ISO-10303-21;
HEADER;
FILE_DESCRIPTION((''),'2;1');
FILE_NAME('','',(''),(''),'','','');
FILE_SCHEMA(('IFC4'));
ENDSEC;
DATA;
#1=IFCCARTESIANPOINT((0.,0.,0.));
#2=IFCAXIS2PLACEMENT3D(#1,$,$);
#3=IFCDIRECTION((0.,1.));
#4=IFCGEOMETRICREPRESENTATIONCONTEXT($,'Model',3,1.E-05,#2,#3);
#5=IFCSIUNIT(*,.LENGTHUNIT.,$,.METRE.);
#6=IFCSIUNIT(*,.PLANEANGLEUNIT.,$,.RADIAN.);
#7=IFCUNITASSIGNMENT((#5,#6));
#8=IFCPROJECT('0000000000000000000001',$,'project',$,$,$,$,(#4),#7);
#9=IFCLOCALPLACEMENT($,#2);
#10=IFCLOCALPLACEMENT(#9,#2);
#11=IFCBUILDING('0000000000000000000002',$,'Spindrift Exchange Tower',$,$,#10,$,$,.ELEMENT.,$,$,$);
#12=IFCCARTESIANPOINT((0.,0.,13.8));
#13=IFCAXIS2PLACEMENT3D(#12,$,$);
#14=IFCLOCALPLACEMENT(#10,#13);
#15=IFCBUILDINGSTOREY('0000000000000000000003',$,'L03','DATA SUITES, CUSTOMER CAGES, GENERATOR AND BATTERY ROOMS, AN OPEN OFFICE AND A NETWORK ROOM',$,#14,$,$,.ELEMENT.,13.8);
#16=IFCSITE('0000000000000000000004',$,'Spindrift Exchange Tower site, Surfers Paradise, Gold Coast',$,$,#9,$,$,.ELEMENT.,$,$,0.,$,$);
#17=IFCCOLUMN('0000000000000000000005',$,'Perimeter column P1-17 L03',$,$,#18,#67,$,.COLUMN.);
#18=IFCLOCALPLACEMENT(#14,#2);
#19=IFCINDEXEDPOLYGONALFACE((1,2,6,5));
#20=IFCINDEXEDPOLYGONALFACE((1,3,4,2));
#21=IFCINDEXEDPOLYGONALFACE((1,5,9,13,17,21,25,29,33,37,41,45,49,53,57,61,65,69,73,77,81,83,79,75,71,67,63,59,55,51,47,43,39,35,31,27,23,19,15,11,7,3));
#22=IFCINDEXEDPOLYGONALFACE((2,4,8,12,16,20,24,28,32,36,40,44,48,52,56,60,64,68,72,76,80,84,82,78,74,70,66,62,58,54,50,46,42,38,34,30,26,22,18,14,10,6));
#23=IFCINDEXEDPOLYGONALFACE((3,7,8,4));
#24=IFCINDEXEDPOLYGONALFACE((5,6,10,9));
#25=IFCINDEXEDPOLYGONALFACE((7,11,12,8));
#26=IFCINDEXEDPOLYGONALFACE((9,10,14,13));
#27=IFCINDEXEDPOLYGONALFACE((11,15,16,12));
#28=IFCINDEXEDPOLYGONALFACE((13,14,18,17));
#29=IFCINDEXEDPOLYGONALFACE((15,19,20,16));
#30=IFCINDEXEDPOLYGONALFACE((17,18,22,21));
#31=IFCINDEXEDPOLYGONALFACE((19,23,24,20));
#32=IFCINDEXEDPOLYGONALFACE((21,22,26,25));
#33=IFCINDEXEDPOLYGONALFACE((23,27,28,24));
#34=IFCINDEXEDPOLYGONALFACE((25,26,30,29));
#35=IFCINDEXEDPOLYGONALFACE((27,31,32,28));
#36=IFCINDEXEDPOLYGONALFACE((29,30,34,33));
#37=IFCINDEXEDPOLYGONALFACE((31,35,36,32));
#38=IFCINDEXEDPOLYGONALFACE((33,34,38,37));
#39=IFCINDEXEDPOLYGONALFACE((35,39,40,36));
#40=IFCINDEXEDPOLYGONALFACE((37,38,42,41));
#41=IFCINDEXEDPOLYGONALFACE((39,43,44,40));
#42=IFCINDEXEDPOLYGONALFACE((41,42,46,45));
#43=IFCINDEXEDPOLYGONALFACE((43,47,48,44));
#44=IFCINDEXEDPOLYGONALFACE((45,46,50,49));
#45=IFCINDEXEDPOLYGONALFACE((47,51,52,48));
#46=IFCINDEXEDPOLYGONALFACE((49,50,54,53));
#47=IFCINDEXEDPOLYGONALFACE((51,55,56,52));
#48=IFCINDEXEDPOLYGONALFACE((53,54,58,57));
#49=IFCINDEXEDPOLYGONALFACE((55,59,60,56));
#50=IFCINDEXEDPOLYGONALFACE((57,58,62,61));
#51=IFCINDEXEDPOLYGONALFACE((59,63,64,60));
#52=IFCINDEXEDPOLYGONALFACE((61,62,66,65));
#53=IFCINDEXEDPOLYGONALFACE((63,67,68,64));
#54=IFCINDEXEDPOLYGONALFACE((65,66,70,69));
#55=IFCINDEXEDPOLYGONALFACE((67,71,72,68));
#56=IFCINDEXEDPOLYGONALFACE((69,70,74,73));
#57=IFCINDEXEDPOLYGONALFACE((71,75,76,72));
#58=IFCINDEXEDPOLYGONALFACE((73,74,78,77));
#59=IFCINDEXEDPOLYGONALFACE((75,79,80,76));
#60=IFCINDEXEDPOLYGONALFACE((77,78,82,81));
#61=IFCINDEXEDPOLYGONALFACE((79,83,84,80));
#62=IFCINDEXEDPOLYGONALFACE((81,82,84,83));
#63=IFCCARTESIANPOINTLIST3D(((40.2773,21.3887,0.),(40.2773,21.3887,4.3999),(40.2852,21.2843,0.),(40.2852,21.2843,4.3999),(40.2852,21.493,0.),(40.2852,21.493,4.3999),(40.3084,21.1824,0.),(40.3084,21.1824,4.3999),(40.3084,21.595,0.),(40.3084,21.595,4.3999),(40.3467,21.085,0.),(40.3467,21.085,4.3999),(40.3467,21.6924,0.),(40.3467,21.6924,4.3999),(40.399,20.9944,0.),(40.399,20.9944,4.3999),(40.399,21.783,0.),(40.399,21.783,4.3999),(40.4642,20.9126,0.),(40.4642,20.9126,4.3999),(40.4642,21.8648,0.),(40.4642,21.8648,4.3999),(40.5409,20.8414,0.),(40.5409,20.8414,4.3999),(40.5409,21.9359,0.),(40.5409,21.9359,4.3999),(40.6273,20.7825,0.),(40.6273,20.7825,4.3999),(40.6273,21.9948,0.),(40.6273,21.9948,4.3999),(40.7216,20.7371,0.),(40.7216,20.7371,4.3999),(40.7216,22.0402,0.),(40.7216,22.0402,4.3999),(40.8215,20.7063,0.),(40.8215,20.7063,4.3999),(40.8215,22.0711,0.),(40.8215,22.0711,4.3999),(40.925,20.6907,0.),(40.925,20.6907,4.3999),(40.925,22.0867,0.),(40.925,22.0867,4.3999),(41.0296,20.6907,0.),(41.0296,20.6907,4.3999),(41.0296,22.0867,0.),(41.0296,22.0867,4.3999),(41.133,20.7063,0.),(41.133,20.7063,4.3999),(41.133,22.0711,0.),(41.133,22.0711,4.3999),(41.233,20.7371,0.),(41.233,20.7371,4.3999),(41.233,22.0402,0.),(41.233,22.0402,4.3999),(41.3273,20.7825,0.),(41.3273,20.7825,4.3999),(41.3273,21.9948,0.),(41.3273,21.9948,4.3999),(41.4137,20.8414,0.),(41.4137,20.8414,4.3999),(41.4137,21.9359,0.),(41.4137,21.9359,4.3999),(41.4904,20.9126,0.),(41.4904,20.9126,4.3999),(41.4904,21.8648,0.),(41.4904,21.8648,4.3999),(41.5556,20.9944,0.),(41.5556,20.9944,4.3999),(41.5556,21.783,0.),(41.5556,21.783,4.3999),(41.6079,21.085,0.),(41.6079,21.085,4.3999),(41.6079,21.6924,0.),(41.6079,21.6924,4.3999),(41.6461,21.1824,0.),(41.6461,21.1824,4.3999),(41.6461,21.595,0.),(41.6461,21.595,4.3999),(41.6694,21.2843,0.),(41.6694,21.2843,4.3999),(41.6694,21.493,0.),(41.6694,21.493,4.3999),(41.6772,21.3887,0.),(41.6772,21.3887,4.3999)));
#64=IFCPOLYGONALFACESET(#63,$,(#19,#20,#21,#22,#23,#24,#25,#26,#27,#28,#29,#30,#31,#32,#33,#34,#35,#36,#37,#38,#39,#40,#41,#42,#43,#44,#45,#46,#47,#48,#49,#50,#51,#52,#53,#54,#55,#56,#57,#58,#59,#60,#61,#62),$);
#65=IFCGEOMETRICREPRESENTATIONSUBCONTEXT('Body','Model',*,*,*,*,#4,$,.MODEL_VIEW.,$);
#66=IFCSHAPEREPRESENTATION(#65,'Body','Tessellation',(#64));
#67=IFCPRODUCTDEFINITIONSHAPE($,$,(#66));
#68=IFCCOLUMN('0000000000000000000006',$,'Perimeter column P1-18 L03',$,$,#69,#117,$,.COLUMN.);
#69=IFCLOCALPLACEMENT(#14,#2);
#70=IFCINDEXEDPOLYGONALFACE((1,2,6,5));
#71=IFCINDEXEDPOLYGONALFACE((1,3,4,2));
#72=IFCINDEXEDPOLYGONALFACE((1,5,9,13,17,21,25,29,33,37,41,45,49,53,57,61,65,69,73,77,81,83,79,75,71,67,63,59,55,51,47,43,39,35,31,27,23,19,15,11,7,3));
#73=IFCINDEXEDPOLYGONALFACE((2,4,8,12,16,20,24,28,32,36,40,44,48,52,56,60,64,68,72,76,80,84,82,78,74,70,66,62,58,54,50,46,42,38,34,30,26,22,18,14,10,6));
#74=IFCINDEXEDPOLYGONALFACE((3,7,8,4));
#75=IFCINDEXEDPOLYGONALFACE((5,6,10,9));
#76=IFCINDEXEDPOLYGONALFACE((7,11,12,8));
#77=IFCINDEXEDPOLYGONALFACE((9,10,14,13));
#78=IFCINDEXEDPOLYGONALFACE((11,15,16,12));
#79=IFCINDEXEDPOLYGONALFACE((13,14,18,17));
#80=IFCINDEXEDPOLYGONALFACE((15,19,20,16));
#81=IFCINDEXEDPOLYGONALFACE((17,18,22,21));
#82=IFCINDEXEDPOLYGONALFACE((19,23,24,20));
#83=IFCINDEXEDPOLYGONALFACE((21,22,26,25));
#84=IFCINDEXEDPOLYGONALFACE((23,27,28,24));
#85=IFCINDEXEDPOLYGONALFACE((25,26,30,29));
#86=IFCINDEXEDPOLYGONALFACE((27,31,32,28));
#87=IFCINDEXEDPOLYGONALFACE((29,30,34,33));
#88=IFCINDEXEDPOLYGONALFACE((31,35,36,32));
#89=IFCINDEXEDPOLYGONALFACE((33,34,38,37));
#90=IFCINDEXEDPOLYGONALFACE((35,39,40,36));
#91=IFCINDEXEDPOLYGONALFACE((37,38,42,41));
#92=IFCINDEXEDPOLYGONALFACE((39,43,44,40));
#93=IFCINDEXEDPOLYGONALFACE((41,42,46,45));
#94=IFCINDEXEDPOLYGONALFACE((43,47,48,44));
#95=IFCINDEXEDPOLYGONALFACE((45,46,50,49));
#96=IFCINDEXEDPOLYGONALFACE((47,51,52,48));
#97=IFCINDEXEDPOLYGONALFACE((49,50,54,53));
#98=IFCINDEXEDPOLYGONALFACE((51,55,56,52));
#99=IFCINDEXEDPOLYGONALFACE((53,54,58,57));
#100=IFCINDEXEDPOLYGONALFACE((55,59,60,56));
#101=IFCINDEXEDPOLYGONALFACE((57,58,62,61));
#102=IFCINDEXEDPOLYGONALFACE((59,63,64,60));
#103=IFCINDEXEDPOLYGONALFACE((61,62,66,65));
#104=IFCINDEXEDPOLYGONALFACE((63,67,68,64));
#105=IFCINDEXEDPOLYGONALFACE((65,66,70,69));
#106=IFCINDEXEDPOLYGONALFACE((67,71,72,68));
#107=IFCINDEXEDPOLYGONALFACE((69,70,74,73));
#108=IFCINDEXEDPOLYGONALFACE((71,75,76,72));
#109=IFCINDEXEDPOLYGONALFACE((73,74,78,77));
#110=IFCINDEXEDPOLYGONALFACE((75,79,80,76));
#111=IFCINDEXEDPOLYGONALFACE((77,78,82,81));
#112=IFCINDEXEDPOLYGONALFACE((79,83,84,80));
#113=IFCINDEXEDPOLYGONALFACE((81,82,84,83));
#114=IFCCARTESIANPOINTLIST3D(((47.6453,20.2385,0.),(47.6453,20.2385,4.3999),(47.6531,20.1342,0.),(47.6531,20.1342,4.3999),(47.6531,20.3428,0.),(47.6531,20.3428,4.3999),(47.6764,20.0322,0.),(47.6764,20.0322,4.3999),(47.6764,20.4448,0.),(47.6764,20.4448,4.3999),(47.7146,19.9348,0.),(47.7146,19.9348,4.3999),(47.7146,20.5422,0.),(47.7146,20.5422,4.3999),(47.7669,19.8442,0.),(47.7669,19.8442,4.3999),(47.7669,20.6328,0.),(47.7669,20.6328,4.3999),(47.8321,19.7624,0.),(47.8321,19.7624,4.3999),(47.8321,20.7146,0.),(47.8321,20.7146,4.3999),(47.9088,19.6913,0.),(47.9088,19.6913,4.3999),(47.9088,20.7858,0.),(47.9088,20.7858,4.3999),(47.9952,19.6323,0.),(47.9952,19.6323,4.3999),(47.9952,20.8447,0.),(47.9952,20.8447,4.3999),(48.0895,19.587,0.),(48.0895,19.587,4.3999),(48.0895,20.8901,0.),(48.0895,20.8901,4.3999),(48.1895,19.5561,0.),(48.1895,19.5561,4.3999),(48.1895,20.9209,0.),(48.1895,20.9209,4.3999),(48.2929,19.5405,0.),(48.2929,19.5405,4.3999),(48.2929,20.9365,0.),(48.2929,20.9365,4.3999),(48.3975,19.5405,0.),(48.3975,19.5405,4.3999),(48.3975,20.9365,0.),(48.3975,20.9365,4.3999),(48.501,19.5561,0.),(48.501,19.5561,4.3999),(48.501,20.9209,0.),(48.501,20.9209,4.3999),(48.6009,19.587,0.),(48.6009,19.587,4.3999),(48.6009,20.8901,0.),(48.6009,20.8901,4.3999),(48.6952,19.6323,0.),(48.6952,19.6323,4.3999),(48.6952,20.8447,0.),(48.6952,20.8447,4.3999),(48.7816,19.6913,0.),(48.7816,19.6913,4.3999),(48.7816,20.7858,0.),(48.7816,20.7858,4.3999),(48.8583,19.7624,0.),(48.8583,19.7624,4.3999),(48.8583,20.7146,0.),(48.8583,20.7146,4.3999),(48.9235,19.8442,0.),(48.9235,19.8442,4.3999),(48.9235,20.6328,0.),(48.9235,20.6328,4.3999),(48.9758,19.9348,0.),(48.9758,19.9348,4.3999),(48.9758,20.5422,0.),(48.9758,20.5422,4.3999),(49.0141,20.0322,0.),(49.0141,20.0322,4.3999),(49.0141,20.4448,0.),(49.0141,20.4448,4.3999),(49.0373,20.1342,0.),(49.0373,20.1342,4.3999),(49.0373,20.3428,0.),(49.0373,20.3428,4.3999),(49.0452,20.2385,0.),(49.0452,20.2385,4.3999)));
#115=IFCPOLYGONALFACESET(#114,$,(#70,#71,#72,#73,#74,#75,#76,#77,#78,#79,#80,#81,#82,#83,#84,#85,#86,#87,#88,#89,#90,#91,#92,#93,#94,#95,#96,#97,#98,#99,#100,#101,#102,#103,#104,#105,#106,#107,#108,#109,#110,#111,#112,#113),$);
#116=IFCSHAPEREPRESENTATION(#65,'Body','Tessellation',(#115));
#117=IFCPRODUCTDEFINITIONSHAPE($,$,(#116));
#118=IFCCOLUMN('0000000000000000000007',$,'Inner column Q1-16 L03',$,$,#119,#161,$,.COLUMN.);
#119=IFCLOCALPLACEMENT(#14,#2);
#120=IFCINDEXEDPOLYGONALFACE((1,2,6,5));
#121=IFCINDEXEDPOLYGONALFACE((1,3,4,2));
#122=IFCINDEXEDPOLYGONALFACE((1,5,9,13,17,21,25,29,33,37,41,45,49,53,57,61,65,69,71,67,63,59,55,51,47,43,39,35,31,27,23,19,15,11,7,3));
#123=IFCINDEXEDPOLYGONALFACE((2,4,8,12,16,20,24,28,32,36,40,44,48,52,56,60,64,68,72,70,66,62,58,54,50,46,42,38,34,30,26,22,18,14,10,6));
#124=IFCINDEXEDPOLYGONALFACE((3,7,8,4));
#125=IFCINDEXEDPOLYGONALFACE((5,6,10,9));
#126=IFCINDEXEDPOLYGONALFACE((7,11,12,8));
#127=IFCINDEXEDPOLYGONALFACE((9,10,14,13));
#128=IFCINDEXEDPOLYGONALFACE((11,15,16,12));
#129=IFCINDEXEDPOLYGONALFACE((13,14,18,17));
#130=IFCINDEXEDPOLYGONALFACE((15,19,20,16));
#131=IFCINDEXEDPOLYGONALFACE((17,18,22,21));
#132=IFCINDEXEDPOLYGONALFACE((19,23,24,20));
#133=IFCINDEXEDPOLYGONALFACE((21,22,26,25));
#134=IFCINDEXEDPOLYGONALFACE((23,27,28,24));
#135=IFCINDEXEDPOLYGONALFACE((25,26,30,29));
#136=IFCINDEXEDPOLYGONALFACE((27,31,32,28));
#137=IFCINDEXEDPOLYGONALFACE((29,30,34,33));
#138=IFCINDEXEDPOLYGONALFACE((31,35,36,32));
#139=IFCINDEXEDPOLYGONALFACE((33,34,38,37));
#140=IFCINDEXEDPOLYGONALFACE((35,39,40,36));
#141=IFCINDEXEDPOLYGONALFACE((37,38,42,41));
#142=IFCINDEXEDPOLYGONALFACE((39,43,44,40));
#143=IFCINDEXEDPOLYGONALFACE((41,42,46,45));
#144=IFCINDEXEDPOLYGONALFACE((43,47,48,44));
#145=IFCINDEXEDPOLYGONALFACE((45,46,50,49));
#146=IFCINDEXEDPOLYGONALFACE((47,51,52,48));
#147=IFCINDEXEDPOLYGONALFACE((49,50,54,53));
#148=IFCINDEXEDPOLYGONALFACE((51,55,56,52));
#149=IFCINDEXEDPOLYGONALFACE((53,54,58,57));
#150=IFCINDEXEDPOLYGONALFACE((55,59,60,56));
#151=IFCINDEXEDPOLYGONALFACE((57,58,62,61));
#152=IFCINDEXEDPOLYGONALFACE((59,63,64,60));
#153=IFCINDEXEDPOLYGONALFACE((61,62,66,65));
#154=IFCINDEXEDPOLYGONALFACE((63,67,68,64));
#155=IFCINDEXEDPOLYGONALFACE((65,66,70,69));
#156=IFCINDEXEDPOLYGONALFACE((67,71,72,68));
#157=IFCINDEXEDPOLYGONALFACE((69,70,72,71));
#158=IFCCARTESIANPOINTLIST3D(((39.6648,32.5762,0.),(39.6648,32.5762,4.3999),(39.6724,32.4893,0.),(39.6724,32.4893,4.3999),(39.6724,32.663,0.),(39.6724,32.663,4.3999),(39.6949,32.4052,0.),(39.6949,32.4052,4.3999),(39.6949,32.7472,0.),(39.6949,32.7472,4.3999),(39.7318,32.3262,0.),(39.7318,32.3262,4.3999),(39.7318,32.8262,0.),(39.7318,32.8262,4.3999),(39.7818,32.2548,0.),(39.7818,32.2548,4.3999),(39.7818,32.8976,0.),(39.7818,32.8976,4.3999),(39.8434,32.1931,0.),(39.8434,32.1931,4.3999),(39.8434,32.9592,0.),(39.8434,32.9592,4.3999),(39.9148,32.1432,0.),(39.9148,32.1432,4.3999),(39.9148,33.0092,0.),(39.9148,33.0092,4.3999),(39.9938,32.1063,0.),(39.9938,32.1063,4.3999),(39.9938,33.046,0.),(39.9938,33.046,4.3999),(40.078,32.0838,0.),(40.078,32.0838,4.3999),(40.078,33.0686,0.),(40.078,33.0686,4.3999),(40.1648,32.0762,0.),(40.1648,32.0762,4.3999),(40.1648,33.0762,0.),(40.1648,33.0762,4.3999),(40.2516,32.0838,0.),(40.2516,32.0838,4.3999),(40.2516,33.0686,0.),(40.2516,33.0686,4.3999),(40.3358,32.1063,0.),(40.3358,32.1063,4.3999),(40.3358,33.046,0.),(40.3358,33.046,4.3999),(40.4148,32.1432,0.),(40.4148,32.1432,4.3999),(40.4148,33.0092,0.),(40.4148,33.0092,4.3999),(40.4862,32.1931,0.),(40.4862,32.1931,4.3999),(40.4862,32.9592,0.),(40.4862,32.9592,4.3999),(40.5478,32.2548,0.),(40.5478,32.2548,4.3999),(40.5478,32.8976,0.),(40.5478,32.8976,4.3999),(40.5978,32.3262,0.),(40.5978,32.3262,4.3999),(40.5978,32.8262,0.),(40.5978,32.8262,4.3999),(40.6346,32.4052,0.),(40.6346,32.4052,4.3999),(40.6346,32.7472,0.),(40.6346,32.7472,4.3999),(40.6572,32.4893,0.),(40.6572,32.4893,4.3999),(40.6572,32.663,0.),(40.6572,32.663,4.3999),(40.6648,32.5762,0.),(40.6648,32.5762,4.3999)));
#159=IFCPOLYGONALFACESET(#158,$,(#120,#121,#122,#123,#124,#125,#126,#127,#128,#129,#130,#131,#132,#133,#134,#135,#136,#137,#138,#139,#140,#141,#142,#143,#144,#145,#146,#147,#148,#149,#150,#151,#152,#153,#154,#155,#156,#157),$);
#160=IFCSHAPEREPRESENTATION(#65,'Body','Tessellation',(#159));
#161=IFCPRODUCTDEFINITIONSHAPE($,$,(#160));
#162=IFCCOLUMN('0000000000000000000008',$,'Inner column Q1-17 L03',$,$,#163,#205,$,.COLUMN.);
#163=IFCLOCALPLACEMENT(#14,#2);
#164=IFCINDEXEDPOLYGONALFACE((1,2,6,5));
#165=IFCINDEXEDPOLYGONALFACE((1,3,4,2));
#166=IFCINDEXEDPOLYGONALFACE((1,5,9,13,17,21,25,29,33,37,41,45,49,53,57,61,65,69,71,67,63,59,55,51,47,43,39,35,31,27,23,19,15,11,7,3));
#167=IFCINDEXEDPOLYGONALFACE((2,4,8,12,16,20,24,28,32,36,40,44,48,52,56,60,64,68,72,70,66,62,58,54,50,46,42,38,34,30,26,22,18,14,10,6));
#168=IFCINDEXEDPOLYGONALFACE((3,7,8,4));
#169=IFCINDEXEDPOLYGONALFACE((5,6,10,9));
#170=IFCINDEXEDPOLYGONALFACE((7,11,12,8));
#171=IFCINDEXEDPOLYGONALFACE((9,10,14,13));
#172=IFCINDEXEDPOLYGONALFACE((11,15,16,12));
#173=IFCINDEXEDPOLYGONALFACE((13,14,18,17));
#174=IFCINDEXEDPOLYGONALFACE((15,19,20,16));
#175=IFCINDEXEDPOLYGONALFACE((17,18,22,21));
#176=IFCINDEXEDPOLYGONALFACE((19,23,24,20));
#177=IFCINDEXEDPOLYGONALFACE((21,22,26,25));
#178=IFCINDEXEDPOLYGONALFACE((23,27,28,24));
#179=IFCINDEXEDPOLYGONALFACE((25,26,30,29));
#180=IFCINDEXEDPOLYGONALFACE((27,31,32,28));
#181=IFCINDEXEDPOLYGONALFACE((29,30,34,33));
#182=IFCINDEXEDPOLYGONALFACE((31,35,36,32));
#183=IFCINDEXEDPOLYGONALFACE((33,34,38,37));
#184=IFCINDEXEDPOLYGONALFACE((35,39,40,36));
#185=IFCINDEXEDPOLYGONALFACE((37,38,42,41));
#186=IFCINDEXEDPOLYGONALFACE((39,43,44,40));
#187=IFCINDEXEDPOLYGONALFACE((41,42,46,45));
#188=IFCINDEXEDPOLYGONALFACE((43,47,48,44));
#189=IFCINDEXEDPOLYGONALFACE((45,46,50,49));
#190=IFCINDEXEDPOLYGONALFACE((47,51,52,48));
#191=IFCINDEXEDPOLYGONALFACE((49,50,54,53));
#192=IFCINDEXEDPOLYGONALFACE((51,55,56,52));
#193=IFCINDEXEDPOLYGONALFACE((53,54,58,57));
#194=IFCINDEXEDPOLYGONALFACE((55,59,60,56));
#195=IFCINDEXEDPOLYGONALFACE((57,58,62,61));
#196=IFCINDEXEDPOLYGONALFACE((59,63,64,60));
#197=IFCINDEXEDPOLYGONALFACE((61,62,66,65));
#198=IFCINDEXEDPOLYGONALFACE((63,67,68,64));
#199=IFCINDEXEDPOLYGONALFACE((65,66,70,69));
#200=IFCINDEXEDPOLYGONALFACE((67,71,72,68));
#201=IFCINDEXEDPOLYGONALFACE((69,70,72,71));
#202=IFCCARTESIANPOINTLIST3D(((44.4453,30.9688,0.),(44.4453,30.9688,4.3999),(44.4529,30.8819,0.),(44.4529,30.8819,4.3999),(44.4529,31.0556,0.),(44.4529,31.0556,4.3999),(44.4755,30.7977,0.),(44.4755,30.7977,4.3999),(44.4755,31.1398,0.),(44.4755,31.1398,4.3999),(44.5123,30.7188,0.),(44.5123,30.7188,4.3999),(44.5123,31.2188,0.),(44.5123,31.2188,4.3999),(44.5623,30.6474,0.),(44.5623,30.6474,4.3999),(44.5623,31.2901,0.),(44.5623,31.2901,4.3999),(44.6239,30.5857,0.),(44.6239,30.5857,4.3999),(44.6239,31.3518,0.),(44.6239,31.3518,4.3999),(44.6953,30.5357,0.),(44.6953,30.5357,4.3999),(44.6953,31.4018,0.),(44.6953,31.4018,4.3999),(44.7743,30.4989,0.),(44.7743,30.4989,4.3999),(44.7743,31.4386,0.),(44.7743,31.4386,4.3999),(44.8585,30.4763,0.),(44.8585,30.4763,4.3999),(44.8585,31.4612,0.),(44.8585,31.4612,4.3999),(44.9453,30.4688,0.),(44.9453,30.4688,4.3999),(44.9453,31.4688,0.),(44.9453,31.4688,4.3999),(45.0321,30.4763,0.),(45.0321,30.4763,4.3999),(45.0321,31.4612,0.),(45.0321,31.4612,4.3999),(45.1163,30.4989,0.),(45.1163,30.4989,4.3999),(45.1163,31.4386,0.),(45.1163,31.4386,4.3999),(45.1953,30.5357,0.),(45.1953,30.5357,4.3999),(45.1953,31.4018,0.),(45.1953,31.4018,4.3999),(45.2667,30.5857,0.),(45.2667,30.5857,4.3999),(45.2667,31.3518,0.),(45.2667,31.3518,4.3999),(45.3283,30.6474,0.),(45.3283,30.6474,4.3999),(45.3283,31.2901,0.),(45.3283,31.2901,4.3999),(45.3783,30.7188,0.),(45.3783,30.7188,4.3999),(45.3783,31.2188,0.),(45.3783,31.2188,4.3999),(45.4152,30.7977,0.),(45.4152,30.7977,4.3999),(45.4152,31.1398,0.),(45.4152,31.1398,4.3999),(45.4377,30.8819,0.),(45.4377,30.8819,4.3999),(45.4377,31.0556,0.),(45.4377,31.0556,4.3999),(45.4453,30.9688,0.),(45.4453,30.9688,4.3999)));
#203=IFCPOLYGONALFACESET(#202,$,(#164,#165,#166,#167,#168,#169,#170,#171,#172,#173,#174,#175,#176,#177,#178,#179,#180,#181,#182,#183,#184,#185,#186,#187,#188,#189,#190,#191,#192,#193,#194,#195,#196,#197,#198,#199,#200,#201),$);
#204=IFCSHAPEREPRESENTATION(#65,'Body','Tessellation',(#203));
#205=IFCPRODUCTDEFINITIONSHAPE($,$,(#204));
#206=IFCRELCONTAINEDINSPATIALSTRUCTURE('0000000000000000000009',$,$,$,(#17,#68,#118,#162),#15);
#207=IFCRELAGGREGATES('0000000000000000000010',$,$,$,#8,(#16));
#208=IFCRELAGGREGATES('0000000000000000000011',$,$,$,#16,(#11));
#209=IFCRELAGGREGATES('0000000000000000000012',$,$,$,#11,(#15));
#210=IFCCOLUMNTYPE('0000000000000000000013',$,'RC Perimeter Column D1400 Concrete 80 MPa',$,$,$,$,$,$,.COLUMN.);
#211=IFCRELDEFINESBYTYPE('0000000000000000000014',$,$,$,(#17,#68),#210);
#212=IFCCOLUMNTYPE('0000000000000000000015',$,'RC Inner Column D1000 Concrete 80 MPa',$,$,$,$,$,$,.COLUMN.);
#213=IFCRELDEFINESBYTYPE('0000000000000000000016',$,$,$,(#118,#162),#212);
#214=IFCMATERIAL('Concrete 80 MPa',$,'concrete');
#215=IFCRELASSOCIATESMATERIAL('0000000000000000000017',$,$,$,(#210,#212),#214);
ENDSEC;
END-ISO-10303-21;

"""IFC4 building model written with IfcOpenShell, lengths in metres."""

from ifc_helpers import new_model, si_unit, direction, frame, origin, origin_2d, place, context, subcontext, project, spatial, circle, extrude, source, transform, mapped, material, material_profile, profile_set, type_object, element, save


model = new_model("IFC4")

# Units and contexts
model_context = context("Model", 3, precision=1e-05, world=origin(), true_north=direction((0.0, 1.0)))
body_context = subcontext(model_context, "Body", "Model", "MODEL_VIEW")
ifc_project = project(units=[si_unit("LENGTHUNIT", "METRE"), si_unit("PLANEANGLEUNIT", "RADIAN")], contexts=[model_context])

# Site, building, storey
site_placement = place(None, origin())
site = spatial("IfcSite", under=ifc_project, at=site_placement, Name="Spindrift Exchange Tower site, Surfers Paradise, Gold Coast", CompositionType="ELEMENT", RefElevation=0.0)
building_placement = place(site_placement, origin())
building = spatial("IfcBuilding", under=site, at=building_placement, Name="Spindrift Exchange Tower", CompositionType="ELEMENT")
storey_placement = place(building_placement, frame((0.0, 0.0, 13.8)))
storey = spatial("IfcBuildingStorey", under=building, at=storey_placement, Name="L03", Description="DATA SUITES, CUSTOMER CAGES, GENERATOR AND BATTERY ROOMS, AN OPEN OFFICE AND A NETWORK ROOM", CompositionType="ELEMENT", Elevation=13.8)

# Columns
ifc_material_1 = material(Name="Concrete 80 MPa", Category="concrete")
ifc_material_profile_1 = material_profile(ifc_material_1, circle(Radius=0.7, at=origin_2d()), Name="RC D1400")
ifc_profile_set_1 = profile_set([ifc_material_profile_1], Name="Concrete 80 MPa")
column_type_1 = type_object("IfcColumnType", Name="RC Perimeter Column D1400 Concrete 80 MPa", PredefinedType="COLUMN", material=ifc_profile_set_1)
shared_shape_1 = source(origin(), body_context, "Body", "SweptSolid", [
    extrude(circle(Radius=0.7, at=origin_2d()), origin(), (0.0, 0.0, 1.0), 4.3999),
])
for number, where, z_axis, x_axis, name in (
    (1, (40.9773, 21.3887, 0.0), (0.0, 0.0, 1.0), (1.0, 0.0, 0.0), "Perimeter column P1-17 L03"),
    (2, (48.3452, 20.2385, 0.0), (0.0, 0.0, 1.0), (1.0, 0.0, 0.0), "Perimeter column P1-18 L03"),
):
    element("IfcColumn", number, at=place(storey_placement, frame(where, z_axis=z_axis, x_axis=x_axis)), inside=storey, type_object=column_type_1, Name=name, PredefinedType="COLUMN", context=body_context, shape_type="MappedRepresentation", body=[
        mapped(shared_shape_1, transform((0.0, 0.0, 0.0), scale=1.0)),
    ])
ifc_material_profile_2 = material_profile(ifc_material_1, circle(Radius=0.5, at=origin_2d()), Name="RC D1000")
ifc_profile_set_2 = profile_set([ifc_material_profile_2], Name="Concrete 80 MPa")
column_type_2 = type_object("IfcColumnType", Name="RC Inner Column D1000 Concrete 80 MPa", PredefinedType="COLUMN", material=ifc_profile_set_2)
shared_shape_2 = source(origin(), body_context, "Body", "SweptSolid", [
    extrude(circle(Radius=0.5, at=origin_2d()), origin(), (0.0, 0.0, 1.0), 4.3999),
])
for number, where, z_axis, x_axis, name in (
    (3, (40.1648, 32.5762, 0.0), (0.0, 0.0, 1.0), (1.0, 0.0, 0.0), "Inner column Q1-16 L03"),
    (4, (44.9453, 30.9688, 0.0), (0.0, 0.0, 1.0), (1.0, 0.0, 0.0), "Inner column Q1-17 L03"),
):
    element("IfcColumn", number, at=place(storey_placement, frame(where, z_axis=z_axis, x_axis=x_axis)), inside=storey, type_object=column_type_2, Name=name, PredefinedType="COLUMN", context=body_context, shape_type="MappedRepresentation", body=[
        mapped(shared_shape_2, transform((0.0, 0.0, 0.0), scale=1.0)),
    ])

save(model, "model.ifc")
